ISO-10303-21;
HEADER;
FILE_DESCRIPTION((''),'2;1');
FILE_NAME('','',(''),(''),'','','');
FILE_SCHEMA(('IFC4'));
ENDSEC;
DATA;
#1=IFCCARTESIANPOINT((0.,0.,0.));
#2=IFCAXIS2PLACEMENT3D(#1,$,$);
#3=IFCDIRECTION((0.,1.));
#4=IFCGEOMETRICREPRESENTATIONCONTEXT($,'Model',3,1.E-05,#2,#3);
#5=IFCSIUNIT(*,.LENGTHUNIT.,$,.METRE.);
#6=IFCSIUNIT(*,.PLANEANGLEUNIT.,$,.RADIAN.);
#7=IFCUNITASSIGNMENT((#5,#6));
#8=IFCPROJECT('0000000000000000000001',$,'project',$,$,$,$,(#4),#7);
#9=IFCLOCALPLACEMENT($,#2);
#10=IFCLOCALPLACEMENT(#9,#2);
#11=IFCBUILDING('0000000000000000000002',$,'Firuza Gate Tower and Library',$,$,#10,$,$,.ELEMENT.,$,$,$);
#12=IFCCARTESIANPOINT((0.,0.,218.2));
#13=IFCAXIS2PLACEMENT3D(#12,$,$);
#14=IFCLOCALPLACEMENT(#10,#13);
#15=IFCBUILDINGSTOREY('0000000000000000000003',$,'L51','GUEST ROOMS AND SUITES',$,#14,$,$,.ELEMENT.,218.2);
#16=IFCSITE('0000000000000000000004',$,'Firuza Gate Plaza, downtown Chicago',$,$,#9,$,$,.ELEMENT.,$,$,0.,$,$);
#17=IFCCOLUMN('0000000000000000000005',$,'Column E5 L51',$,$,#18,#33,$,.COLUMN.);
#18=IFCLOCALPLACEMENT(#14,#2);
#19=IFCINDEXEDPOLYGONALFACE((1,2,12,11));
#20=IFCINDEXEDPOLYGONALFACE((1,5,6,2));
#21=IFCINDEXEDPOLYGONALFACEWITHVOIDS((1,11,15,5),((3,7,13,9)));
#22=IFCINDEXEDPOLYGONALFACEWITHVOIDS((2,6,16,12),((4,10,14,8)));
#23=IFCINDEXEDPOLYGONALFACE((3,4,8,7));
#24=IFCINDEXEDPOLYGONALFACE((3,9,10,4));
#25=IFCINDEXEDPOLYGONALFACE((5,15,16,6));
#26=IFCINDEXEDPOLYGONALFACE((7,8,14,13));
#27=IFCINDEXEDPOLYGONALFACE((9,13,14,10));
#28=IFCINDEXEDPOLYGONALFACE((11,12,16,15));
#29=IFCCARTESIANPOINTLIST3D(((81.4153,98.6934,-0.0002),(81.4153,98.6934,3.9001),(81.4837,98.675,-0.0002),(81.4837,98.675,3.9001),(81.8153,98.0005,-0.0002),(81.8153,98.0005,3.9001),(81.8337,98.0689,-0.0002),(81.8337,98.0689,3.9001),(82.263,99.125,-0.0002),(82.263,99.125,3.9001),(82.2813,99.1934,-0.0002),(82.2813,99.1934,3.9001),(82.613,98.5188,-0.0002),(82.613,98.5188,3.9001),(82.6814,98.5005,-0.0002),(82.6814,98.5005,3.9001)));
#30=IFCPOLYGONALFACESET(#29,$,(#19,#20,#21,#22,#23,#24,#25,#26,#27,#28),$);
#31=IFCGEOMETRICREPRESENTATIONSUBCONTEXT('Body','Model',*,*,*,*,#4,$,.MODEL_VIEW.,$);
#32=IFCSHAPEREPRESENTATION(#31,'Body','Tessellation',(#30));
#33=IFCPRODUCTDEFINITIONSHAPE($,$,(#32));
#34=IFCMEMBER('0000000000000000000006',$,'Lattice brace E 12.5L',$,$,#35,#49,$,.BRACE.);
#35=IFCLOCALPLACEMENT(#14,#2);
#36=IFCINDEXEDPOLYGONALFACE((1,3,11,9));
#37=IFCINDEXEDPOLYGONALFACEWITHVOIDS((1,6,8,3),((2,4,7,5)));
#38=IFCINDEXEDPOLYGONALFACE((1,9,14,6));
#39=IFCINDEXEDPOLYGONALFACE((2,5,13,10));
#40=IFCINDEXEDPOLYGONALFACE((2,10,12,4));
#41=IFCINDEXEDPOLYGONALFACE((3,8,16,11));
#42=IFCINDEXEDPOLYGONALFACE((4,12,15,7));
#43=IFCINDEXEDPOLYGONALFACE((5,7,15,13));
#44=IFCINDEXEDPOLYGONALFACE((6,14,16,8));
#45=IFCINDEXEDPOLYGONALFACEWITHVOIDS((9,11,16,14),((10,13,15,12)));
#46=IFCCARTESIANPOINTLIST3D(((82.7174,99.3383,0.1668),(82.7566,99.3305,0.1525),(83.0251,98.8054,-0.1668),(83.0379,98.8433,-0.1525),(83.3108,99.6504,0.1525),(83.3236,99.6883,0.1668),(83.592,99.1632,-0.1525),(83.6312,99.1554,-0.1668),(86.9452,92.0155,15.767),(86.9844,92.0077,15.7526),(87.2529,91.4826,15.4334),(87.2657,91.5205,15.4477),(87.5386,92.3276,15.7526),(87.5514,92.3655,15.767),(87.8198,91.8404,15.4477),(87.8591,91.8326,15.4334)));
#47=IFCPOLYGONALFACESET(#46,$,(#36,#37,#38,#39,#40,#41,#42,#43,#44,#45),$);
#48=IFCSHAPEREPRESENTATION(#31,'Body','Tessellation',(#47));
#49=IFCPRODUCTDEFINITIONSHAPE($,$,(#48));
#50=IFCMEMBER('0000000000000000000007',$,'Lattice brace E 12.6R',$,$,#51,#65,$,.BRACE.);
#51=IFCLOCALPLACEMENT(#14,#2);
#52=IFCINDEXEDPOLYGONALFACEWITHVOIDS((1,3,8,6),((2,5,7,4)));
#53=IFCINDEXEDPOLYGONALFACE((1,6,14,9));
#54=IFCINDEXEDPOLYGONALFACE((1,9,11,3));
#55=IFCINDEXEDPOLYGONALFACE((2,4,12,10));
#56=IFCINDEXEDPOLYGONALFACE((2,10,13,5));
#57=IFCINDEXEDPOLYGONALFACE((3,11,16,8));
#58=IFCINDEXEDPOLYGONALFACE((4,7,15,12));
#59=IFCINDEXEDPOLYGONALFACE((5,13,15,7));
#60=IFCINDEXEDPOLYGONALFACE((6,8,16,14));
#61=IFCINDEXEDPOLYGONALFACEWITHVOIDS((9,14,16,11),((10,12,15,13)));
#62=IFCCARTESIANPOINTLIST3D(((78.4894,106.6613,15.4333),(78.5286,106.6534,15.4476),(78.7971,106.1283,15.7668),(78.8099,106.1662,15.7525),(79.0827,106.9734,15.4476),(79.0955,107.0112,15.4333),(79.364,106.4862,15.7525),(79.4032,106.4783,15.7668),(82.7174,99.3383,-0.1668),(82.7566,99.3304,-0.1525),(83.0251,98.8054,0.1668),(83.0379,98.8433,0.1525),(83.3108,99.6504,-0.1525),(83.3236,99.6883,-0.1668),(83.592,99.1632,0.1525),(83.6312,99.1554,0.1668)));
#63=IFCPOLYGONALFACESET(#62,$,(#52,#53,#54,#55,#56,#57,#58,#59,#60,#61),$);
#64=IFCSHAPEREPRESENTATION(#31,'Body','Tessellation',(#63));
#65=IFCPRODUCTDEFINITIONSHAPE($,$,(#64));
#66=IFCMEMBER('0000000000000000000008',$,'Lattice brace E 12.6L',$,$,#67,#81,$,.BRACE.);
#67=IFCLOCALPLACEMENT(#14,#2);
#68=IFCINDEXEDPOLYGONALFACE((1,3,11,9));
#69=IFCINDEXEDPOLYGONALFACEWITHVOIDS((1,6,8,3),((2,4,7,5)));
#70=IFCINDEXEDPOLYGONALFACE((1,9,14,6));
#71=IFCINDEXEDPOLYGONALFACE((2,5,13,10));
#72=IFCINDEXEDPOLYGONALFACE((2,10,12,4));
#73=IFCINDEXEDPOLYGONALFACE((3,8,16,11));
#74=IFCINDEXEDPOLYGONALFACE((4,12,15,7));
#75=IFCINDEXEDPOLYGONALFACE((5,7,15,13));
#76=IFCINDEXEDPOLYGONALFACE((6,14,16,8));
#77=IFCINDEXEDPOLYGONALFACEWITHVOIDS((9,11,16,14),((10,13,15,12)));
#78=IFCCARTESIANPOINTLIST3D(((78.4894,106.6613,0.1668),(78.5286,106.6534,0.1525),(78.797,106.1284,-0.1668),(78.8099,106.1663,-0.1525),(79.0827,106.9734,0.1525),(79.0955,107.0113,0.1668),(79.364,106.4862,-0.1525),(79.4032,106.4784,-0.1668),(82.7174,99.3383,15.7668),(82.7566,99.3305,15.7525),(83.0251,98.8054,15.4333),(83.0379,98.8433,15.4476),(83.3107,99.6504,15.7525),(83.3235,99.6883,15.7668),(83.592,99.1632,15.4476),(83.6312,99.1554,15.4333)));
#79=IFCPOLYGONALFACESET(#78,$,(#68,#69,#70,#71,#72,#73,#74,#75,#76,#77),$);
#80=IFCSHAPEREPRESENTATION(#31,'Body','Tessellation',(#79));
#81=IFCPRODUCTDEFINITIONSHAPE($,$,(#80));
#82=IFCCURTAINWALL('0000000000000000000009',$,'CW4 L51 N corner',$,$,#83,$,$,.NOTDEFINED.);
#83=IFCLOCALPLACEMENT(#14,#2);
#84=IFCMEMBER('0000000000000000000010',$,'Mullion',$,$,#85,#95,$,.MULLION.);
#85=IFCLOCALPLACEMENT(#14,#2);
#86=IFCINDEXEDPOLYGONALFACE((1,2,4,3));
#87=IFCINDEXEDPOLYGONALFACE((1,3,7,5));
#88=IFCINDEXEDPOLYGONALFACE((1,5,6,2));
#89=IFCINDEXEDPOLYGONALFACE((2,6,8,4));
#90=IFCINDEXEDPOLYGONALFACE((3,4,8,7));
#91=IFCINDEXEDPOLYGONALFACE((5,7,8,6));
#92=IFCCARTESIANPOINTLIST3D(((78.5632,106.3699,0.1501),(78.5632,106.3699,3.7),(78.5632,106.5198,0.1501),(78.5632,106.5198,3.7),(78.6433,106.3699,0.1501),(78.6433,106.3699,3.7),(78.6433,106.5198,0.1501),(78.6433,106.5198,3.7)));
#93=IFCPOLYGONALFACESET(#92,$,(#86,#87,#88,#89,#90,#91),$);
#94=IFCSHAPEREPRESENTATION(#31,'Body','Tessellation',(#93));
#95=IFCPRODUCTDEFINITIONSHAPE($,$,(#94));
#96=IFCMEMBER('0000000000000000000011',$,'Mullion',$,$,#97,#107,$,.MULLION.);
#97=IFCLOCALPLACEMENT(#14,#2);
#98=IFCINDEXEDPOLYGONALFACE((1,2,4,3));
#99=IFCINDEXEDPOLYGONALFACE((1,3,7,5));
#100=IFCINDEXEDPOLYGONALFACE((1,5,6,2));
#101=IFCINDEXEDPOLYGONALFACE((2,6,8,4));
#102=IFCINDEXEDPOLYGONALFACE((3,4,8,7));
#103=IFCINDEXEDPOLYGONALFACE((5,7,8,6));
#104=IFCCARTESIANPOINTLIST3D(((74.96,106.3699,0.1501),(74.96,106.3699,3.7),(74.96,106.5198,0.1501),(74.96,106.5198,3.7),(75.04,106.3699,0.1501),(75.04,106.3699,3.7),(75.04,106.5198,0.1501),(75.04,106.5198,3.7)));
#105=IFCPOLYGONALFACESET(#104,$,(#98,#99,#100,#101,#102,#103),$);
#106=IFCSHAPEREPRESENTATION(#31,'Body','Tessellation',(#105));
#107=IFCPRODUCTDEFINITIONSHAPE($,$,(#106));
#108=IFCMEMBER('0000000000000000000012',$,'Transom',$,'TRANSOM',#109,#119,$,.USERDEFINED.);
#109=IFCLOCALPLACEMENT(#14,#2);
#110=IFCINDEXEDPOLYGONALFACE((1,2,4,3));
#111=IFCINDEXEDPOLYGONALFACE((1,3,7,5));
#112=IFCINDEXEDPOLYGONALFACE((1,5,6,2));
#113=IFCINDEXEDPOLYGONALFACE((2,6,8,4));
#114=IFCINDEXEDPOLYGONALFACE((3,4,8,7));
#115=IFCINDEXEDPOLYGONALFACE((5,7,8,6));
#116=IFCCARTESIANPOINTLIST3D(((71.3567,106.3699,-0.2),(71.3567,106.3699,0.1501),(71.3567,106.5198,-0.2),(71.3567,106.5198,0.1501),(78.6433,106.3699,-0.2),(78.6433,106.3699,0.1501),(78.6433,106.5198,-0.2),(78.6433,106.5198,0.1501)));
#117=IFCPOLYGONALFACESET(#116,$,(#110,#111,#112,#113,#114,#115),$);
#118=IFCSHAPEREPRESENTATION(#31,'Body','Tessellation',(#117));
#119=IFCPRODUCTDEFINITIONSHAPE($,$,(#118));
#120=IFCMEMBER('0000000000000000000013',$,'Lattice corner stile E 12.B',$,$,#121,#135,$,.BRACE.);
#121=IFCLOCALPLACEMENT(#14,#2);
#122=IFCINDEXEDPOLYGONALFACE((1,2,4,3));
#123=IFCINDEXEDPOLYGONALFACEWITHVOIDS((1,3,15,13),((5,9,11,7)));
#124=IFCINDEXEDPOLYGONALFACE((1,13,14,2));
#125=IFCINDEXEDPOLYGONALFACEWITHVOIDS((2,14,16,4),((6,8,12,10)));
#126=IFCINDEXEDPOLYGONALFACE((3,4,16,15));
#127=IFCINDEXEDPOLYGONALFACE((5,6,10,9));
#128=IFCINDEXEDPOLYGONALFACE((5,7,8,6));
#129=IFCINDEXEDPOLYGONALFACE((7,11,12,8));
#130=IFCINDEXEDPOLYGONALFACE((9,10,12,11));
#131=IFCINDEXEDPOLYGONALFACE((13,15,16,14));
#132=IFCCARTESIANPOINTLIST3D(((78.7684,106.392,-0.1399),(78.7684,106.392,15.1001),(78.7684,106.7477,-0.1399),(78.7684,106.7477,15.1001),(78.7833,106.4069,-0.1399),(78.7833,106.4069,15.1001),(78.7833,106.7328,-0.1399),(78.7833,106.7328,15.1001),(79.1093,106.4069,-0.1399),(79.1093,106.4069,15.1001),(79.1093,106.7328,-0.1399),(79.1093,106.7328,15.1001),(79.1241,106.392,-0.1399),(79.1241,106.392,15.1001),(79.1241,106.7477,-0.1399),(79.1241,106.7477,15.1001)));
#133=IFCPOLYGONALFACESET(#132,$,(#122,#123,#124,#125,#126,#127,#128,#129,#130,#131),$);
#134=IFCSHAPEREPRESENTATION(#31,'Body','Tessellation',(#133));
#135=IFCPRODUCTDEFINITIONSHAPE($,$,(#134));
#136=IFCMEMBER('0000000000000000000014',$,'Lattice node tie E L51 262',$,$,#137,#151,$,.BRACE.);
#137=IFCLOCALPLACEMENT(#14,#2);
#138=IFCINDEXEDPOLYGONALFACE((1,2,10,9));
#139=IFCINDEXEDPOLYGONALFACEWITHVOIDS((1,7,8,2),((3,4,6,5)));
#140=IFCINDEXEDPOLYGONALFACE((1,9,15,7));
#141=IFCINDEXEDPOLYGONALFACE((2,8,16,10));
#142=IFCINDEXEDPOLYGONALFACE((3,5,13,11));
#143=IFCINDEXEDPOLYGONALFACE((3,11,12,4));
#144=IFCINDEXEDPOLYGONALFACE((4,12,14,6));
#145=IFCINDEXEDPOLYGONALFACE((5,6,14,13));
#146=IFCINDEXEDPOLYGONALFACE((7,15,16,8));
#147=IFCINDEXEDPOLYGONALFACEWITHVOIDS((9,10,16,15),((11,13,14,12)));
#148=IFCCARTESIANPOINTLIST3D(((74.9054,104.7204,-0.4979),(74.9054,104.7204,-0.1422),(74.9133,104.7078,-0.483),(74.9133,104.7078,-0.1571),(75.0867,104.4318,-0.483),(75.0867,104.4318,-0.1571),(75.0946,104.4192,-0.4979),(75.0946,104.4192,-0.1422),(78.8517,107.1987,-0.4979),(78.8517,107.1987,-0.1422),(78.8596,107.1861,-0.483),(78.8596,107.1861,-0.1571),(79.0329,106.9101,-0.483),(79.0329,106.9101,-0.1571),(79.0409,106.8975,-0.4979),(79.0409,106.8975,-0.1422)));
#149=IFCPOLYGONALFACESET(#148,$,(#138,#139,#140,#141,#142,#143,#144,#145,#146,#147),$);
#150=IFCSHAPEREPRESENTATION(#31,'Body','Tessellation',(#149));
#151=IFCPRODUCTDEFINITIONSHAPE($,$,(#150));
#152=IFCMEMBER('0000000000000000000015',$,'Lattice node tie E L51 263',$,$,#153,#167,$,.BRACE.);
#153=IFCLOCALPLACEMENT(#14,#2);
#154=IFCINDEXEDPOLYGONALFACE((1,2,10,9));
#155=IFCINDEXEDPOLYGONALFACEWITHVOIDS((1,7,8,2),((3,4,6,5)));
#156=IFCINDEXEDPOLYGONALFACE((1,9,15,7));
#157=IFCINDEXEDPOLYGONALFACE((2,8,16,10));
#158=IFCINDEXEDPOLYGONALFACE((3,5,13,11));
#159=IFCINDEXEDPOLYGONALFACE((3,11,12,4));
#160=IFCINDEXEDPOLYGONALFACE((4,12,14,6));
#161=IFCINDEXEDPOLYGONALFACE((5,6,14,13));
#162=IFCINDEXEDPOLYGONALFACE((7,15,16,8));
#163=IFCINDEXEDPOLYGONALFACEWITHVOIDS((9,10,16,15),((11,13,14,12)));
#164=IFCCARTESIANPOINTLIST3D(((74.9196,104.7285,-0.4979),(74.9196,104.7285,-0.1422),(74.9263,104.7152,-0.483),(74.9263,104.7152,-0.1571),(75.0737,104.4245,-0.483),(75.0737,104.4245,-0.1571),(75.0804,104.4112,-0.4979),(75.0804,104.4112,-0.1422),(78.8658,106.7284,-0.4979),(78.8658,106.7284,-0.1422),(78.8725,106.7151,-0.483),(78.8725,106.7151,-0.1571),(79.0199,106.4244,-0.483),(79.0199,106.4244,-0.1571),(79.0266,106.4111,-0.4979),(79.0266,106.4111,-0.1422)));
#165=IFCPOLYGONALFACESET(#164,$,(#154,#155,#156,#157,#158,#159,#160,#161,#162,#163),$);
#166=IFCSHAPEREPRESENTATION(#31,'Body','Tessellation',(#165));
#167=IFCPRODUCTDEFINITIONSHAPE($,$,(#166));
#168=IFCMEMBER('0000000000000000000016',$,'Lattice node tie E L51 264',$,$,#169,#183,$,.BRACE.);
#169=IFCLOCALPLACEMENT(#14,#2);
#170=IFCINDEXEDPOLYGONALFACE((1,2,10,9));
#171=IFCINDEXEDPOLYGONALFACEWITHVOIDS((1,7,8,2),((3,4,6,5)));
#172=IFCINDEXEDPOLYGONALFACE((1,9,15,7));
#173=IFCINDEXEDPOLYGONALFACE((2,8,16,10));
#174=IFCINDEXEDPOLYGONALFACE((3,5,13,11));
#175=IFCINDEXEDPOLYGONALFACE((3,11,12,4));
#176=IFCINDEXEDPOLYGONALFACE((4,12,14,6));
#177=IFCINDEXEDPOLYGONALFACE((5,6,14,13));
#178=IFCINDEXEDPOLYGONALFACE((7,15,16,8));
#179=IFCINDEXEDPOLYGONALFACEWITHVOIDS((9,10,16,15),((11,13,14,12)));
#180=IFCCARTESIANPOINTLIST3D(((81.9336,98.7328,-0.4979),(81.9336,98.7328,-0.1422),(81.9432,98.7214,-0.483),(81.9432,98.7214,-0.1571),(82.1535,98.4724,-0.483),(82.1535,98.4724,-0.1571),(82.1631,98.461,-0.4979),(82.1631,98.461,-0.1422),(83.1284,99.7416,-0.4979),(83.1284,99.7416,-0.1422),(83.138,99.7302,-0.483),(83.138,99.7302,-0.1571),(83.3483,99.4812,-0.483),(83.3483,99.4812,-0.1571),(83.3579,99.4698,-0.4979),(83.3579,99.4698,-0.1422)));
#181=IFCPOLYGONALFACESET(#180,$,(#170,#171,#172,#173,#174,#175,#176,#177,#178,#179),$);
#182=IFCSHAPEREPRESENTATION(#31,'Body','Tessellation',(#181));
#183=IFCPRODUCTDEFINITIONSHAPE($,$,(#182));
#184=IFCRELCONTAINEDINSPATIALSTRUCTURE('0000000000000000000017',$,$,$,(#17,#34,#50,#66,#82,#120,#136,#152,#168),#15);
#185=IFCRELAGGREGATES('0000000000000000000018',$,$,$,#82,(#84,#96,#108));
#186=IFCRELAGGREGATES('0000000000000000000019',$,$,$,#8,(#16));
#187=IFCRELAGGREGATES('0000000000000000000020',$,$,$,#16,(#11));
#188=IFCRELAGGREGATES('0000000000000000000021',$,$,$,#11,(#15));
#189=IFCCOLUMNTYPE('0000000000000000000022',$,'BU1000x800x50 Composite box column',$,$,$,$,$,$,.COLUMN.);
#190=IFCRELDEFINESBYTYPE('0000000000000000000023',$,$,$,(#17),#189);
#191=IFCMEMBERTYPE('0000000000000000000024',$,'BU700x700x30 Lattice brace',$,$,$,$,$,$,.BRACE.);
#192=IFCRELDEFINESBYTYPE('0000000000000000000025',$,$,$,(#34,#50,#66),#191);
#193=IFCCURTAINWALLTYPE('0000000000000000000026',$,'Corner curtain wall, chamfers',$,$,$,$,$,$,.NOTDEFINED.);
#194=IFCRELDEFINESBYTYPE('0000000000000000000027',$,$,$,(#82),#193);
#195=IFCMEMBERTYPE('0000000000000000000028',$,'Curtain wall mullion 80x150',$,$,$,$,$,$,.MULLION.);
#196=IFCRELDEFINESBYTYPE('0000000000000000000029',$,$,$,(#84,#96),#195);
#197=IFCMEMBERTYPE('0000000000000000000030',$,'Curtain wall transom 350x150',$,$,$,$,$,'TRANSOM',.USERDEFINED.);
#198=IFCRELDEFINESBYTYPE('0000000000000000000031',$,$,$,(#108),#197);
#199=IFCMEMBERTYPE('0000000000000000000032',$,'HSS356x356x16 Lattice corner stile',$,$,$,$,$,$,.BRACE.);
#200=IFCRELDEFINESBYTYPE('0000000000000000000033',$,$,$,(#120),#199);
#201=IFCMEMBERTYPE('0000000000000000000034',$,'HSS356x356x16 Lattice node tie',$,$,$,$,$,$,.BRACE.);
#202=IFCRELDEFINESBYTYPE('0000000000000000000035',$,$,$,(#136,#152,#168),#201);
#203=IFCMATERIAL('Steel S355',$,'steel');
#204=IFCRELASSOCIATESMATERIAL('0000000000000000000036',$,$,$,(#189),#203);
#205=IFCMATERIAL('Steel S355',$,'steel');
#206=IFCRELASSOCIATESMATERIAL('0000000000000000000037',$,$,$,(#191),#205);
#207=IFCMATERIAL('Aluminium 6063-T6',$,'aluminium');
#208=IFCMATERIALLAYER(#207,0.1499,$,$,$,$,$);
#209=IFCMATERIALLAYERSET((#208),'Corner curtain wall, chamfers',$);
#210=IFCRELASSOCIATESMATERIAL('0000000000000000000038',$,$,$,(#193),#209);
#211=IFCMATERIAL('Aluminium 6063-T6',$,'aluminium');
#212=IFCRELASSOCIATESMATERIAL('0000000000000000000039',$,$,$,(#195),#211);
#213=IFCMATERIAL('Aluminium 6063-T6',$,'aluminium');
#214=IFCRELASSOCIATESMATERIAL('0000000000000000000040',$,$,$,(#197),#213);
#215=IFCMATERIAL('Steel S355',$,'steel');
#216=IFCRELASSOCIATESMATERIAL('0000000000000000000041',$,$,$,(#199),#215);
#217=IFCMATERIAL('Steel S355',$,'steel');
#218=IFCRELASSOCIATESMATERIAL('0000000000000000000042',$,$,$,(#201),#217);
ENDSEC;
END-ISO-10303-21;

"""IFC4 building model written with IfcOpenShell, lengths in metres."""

from ifc_helpers import new_model, si_unit, direction, frame, origin, origin_2d, place, context, subcontext, project, spatial, rectangle, hollow_rectangle, extrude, material, layer, layer_set, material_profile, profile_set, type_object, element, aggregate, save


model = new_model("IFC4")

# Units and contexts
model_context = context("Model", 3, precision=1e-05, world=origin(), true_north=direction((0.0, 1.0)))
body_context = subcontext(model_context, "Body", "Model", "MODEL_VIEW")
ifc_project = project(units=[si_unit("LENGTHUNIT", "METRE"), si_unit("PLANEANGLEUNIT", "RADIAN")], contexts=[model_context])

# Site, building, storey
site_placement = place(None, origin())
site = spatial("IfcSite", under=ifc_project, at=site_placement, Name="Firuza Gate Plaza, downtown Chicago", CompositionType="ELEMENT", RefElevation=0.0)
building_placement = place(site_placement, origin())
building = spatial("IfcBuilding", under=site, at=building_placement, Name="Firuza Gate Tower and Library", CompositionType="ELEMENT")
storey_placement = place(building_placement, frame((0.0, 0.0, 218.2)))
storey = spatial("IfcBuildingStorey", under=building, at=storey_placement, Name="L51", Description="GUEST ROOMS AND SUITES", CompositionType="ELEMENT", Elevation=218.2)

# Column
ifc_material_1 = material(Name="Steel S355", Category="steel")
ifc_material_profile_1 = material_profile(ifc_material_1, hollow_rectangle(XDim=0.8, YDim=1.0, WallThickness=0.05, at=origin_2d()))
ifc_profile_set_1 = profile_set([ifc_material_profile_1], Name="Steel S355")
column_type = type_object("IfcColumnType", Name="BU1000x800x50 Composite box column", PredefinedType="COLUMN", material=ifc_profile_set_1)
column_placement = place(storey_placement, frame((82.0483, 98.5969, -0.0002), z_axis=(0.0, 0.0, 1.0), x_axis=(-0.5, 0.866025, 0.0)))
element("IfcColumn", 1, at=column_placement, inside=storey, type_object=column_type, Name="Column E5 L51", PredefinedType="COLUMN", context=body_context, shape_type="SweptSolid", body=[
    extrude(hollow_rectangle(XDim=0.8, YDim=1.0, WallThickness=0.05, at=origin_2d()), origin(), (0.0, 0.0, 1.0), 3.9004),
])

# Members
ifc_material_2 = material(Name="Steel S355", Category="steel")
ifc_material_profile_2 = material_profile(ifc_material_2, hollow_rectangle(XDim=0.7, YDim=0.7, WallThickness=0.03, at=origin_2d()))
ifc_profile_set_2 = profile_set([ifc_material_profile_2], Name="Steel S355")
member_type_1 = type_object("IfcMemberType", Name="BU700x700x30 Lattice brace", PredefinedType="BRACE", material=ifc_profile_set_2)
for number, where, z_axis, x_axis, name in (
    (2, (83.1743, 99.2468, 0.0), (0.238262, -0.412682, 0.879161), (0.866026, 0.499999, 0.0), "Lattice brace E 12.5L"),
    (3, (83.1743, 99.2468, 0.0), (-0.238273, 0.412692, 0.879154), (-0.866021, -0.500008, 0.0), "Lattice brace E 12.6R"),
    (4, (78.9463, 106.5698, 0.0), (0.238273, -0.412692, 0.879154), (0.866021, 0.500008, 0.0), "Lattice brace E 12.6L"),
):
    element("IfcMember", number, at=place(storey_placement, frame(where, z_axis=z_axis, x_axis=x_axis)), inside=storey, type_object=member_type_1, Name=name, PredefinedType="BRACE", context=body_context, shape_type="SweptSolid", body=[
        extrude(hollow_rectangle(XDim=0.7, YDim=0.7, WallThickness=0.03, at=origin_2d()), origin(), (0.0, 0.0, 1.0), 17.7444),
    ])

# Curtain wall, members
ifc_material_3 = material(Name="Aluminium 6063-T6", Category="aluminium")
ifc_layer_1 = layer(ifc_material_3, 0.1499)
ifc_layer_set_1 = layer_set([ifc_layer_1], Name="Corner curtain wall, chamfers")
curtain_wall_type = type_object("IfcCurtainWallType", Name="Corner curtain wall, chamfers", PredefinedType="NOTDEFINED", material=ifc_layer_set_1)
curtain_wall_placement = place(storey_placement, origin())
curtain_wall = element("IfcCurtainWall", 5, at=curtain_wall_placement, inside=storey, type_object=curtain_wall_type, Name="CW4 L51 N corner", PredefinedType="NOTDEFINED")
ifc_material_4 = material(Name="Aluminium 6063-T6", Category="aluminium")
ifc_material_profile_3 = material_profile(ifc_material_4, rectangle(XDim=0.1499, YDim=0.0801, at=origin_2d()))
ifc_profile_set_3 = profile_set([ifc_material_profile_3], Name="Aluminium 6063-T6")
member_type_2 = type_object("IfcMemberType", Name="Curtain wall mullion 80x150", PredefinedType="MULLION", material=ifc_profile_set_3)
member_1_placement = place(storey_placement, frame((78.6033, 106.4448, 0.1501), z_axis=(0.0, 0.0, 1.0), x_axis=(0.0, -1.0, 0.0)))
member_1 = element("IfcMember", 6, at=member_1_placement, type_object=member_type_2, Name="Mullion", PredefinedType="MULLION", context=body_context, shape_type="SweptSolid", body=[
    extrude(rectangle(XDim=0.1499, YDim=0.0801, at=origin_2d()), origin(), (0.0, 0.0, 1.0), 3.5498),
])
member_2_placement = place(storey_placement, frame((75.0, 106.4448, 0.1501), z_axis=(0.0, 0.0, 1.0), x_axis=(0.0, -1.0, 0.0)))
member_2 = element("IfcMember", 7, at=member_2_placement, type_object=member_type_2, Name="Mullion", PredefinedType="MULLION", context=body_context, shape_type="SweptSolid", body=[
    extrude(rectangle(XDim=0.1499, YDim=0.0801, at=origin_2d()), origin(), (0.0, 0.0, 1.0), 3.5498),
])
ifc_material_5 = material(Name="Aluminium 6063-T6", Category="aluminium")
ifc_material_profile_4 = material_profile(ifc_material_5, rectangle(XDim=0.1499, YDim=0.3501, at=origin_2d()))
ifc_profile_set_4 = profile_set([ifc_material_profile_4], Name="Aluminium 6063-T6")
member_type_3 = type_object("IfcMemberType", Name="Curtain wall transom 350x150", ElementType="TRANSOM", PredefinedType="USERDEFINED", material=ifc_profile_set_4)
member_3_placement = place(storey_placement, frame((78.6433, 106.4448, -0.0249), z_axis=(-1.0, 0.0, 0.0), x_axis=(0.0, -1.0, 0.0)))
member_3 = element("IfcMember", 8, at=member_3_placement, type_object=member_type_3, Name="Transom", ObjectType="TRANSOM", PredefinedType="USERDEFINED", context=body_context, shape_type="SweptSolid", body=[
    extrude(rectangle(XDim=0.1499, YDim=0.3501, at=origin_2d()), origin(), (0.0, 0.0, 1.0), 7.2866),
])

# Members
ifc_material_6 = material(Name="Steel S355", Category="steel")
ifc_material_profile_5 = material_profile(ifc_material_6, hollow_rectangle(XDim=0.3557, YDim=0.3557, WallThickness=0.0149, at=origin_2d()))
ifc_profile_set_5 = profile_set([ifc_material_profile_5], Name="Steel S355")
member_type_4 = type_object("IfcMemberType", Name="HSS356x356x16 Lattice corner stile", PredefinedType="BRACE", material=ifc_profile_set_5)
member_4_placement = place(storey_placement, frame((78.9463, 106.5698, -0.1399), z_axis=(0.0, 0.0, 1.0), x_axis=(1.0, 0.0, 0.0)))
element("IfcMember", 9, at=member_4_placement, inside=storey, type_object=member_type_4, Name="Lattice corner stile E 12.B", PredefinedType="BRACE", context=body_context, shape_type="SweptSolid", body=[
    extrude(hollow_rectangle(XDim=0.3557, YDim=0.3557, WallThickness=0.0149, at=origin_2d()), origin(), (0.0, 0.0, 1.0), 15.24),
])
ifc_material_7 = material(Name="Steel S355", Category="steel")
ifc_material_profile_6 = material_profile(ifc_material_7, hollow_rectangle(XDim=0.3557, YDim=0.3557, WallThickness=0.0149, at=origin_2d()))
ifc_profile_set_6 = profile_set([ifc_material_profile_6], Name="Steel S355")
member_type_5 = type_object("IfcMemberType", Name="HSS356x356x16 Lattice node tie", PredefinedType="BRACE", material=ifc_profile_set_6)
member_5_placement = place(storey_placement, frame((75.0, 104.5698, -0.3201), z_axis=(0.846854, 0.531825, 0.0), x_axis=(-0.531825, 0.846854, 0.0)))
element("IfcMember", 10, at=member_5_placement, inside=storey, type_object=member_type_5, Name="Lattice node tie E L51 262", PredefinedType="BRACE", context=body_context, shape_type="SweptSolid", body=[
    extrude(hollow_rectangle(XDim=0.3557, YDim=0.3557, WallThickness=0.0149, at=origin_2d()), origin(), (0.0, 0.0, 1.0), 4.6599),
])
member_6_placement = place(storey_placement, frame((75.0, 104.5698, -0.3201), z_axis=(0.891986, 0.452063, 0.0), x_axis=(-0.452063, 0.891986, 0.0)))
element("IfcMember", 11, at=member_6_placement, inside=storey, type_object=member_type_5, Name="Lattice node tie E L51 263", PredefinedType="BRACE", context=body_context, shape_type="SweptSolid", body=[
    extrude(hollow_rectangle(XDim=0.3557, YDim=0.3557, WallThickness=0.0149, at=origin_2d()), origin(), (0.0, 0.0, 1.0), 4.4241),
])
member_7_placement = place(storey_placement, frame((82.0483, 98.5969, -0.3201), z_axis=(0.764085, 0.645116, 0.0), x_axis=(-0.645116, 0.764085, 0.0)))
element("IfcMember", 12, at=member_7_placement, inside=storey, type_object=member_type_5, Name="Lattice node tie E L51 264", PredefinedType="BRACE", context=body_context, shape_type="SweptSolid", body=[
    extrude(hollow_rectangle(XDim=0.3557, YDim=0.3557, WallThickness=0.0149, at=origin_2d()), origin(), (0.0, 0.0, 1.0), 1.5637),
])

aggregate(curtain_wall, [member_1, member_2, member_3])

save(model, "model.ifc")
